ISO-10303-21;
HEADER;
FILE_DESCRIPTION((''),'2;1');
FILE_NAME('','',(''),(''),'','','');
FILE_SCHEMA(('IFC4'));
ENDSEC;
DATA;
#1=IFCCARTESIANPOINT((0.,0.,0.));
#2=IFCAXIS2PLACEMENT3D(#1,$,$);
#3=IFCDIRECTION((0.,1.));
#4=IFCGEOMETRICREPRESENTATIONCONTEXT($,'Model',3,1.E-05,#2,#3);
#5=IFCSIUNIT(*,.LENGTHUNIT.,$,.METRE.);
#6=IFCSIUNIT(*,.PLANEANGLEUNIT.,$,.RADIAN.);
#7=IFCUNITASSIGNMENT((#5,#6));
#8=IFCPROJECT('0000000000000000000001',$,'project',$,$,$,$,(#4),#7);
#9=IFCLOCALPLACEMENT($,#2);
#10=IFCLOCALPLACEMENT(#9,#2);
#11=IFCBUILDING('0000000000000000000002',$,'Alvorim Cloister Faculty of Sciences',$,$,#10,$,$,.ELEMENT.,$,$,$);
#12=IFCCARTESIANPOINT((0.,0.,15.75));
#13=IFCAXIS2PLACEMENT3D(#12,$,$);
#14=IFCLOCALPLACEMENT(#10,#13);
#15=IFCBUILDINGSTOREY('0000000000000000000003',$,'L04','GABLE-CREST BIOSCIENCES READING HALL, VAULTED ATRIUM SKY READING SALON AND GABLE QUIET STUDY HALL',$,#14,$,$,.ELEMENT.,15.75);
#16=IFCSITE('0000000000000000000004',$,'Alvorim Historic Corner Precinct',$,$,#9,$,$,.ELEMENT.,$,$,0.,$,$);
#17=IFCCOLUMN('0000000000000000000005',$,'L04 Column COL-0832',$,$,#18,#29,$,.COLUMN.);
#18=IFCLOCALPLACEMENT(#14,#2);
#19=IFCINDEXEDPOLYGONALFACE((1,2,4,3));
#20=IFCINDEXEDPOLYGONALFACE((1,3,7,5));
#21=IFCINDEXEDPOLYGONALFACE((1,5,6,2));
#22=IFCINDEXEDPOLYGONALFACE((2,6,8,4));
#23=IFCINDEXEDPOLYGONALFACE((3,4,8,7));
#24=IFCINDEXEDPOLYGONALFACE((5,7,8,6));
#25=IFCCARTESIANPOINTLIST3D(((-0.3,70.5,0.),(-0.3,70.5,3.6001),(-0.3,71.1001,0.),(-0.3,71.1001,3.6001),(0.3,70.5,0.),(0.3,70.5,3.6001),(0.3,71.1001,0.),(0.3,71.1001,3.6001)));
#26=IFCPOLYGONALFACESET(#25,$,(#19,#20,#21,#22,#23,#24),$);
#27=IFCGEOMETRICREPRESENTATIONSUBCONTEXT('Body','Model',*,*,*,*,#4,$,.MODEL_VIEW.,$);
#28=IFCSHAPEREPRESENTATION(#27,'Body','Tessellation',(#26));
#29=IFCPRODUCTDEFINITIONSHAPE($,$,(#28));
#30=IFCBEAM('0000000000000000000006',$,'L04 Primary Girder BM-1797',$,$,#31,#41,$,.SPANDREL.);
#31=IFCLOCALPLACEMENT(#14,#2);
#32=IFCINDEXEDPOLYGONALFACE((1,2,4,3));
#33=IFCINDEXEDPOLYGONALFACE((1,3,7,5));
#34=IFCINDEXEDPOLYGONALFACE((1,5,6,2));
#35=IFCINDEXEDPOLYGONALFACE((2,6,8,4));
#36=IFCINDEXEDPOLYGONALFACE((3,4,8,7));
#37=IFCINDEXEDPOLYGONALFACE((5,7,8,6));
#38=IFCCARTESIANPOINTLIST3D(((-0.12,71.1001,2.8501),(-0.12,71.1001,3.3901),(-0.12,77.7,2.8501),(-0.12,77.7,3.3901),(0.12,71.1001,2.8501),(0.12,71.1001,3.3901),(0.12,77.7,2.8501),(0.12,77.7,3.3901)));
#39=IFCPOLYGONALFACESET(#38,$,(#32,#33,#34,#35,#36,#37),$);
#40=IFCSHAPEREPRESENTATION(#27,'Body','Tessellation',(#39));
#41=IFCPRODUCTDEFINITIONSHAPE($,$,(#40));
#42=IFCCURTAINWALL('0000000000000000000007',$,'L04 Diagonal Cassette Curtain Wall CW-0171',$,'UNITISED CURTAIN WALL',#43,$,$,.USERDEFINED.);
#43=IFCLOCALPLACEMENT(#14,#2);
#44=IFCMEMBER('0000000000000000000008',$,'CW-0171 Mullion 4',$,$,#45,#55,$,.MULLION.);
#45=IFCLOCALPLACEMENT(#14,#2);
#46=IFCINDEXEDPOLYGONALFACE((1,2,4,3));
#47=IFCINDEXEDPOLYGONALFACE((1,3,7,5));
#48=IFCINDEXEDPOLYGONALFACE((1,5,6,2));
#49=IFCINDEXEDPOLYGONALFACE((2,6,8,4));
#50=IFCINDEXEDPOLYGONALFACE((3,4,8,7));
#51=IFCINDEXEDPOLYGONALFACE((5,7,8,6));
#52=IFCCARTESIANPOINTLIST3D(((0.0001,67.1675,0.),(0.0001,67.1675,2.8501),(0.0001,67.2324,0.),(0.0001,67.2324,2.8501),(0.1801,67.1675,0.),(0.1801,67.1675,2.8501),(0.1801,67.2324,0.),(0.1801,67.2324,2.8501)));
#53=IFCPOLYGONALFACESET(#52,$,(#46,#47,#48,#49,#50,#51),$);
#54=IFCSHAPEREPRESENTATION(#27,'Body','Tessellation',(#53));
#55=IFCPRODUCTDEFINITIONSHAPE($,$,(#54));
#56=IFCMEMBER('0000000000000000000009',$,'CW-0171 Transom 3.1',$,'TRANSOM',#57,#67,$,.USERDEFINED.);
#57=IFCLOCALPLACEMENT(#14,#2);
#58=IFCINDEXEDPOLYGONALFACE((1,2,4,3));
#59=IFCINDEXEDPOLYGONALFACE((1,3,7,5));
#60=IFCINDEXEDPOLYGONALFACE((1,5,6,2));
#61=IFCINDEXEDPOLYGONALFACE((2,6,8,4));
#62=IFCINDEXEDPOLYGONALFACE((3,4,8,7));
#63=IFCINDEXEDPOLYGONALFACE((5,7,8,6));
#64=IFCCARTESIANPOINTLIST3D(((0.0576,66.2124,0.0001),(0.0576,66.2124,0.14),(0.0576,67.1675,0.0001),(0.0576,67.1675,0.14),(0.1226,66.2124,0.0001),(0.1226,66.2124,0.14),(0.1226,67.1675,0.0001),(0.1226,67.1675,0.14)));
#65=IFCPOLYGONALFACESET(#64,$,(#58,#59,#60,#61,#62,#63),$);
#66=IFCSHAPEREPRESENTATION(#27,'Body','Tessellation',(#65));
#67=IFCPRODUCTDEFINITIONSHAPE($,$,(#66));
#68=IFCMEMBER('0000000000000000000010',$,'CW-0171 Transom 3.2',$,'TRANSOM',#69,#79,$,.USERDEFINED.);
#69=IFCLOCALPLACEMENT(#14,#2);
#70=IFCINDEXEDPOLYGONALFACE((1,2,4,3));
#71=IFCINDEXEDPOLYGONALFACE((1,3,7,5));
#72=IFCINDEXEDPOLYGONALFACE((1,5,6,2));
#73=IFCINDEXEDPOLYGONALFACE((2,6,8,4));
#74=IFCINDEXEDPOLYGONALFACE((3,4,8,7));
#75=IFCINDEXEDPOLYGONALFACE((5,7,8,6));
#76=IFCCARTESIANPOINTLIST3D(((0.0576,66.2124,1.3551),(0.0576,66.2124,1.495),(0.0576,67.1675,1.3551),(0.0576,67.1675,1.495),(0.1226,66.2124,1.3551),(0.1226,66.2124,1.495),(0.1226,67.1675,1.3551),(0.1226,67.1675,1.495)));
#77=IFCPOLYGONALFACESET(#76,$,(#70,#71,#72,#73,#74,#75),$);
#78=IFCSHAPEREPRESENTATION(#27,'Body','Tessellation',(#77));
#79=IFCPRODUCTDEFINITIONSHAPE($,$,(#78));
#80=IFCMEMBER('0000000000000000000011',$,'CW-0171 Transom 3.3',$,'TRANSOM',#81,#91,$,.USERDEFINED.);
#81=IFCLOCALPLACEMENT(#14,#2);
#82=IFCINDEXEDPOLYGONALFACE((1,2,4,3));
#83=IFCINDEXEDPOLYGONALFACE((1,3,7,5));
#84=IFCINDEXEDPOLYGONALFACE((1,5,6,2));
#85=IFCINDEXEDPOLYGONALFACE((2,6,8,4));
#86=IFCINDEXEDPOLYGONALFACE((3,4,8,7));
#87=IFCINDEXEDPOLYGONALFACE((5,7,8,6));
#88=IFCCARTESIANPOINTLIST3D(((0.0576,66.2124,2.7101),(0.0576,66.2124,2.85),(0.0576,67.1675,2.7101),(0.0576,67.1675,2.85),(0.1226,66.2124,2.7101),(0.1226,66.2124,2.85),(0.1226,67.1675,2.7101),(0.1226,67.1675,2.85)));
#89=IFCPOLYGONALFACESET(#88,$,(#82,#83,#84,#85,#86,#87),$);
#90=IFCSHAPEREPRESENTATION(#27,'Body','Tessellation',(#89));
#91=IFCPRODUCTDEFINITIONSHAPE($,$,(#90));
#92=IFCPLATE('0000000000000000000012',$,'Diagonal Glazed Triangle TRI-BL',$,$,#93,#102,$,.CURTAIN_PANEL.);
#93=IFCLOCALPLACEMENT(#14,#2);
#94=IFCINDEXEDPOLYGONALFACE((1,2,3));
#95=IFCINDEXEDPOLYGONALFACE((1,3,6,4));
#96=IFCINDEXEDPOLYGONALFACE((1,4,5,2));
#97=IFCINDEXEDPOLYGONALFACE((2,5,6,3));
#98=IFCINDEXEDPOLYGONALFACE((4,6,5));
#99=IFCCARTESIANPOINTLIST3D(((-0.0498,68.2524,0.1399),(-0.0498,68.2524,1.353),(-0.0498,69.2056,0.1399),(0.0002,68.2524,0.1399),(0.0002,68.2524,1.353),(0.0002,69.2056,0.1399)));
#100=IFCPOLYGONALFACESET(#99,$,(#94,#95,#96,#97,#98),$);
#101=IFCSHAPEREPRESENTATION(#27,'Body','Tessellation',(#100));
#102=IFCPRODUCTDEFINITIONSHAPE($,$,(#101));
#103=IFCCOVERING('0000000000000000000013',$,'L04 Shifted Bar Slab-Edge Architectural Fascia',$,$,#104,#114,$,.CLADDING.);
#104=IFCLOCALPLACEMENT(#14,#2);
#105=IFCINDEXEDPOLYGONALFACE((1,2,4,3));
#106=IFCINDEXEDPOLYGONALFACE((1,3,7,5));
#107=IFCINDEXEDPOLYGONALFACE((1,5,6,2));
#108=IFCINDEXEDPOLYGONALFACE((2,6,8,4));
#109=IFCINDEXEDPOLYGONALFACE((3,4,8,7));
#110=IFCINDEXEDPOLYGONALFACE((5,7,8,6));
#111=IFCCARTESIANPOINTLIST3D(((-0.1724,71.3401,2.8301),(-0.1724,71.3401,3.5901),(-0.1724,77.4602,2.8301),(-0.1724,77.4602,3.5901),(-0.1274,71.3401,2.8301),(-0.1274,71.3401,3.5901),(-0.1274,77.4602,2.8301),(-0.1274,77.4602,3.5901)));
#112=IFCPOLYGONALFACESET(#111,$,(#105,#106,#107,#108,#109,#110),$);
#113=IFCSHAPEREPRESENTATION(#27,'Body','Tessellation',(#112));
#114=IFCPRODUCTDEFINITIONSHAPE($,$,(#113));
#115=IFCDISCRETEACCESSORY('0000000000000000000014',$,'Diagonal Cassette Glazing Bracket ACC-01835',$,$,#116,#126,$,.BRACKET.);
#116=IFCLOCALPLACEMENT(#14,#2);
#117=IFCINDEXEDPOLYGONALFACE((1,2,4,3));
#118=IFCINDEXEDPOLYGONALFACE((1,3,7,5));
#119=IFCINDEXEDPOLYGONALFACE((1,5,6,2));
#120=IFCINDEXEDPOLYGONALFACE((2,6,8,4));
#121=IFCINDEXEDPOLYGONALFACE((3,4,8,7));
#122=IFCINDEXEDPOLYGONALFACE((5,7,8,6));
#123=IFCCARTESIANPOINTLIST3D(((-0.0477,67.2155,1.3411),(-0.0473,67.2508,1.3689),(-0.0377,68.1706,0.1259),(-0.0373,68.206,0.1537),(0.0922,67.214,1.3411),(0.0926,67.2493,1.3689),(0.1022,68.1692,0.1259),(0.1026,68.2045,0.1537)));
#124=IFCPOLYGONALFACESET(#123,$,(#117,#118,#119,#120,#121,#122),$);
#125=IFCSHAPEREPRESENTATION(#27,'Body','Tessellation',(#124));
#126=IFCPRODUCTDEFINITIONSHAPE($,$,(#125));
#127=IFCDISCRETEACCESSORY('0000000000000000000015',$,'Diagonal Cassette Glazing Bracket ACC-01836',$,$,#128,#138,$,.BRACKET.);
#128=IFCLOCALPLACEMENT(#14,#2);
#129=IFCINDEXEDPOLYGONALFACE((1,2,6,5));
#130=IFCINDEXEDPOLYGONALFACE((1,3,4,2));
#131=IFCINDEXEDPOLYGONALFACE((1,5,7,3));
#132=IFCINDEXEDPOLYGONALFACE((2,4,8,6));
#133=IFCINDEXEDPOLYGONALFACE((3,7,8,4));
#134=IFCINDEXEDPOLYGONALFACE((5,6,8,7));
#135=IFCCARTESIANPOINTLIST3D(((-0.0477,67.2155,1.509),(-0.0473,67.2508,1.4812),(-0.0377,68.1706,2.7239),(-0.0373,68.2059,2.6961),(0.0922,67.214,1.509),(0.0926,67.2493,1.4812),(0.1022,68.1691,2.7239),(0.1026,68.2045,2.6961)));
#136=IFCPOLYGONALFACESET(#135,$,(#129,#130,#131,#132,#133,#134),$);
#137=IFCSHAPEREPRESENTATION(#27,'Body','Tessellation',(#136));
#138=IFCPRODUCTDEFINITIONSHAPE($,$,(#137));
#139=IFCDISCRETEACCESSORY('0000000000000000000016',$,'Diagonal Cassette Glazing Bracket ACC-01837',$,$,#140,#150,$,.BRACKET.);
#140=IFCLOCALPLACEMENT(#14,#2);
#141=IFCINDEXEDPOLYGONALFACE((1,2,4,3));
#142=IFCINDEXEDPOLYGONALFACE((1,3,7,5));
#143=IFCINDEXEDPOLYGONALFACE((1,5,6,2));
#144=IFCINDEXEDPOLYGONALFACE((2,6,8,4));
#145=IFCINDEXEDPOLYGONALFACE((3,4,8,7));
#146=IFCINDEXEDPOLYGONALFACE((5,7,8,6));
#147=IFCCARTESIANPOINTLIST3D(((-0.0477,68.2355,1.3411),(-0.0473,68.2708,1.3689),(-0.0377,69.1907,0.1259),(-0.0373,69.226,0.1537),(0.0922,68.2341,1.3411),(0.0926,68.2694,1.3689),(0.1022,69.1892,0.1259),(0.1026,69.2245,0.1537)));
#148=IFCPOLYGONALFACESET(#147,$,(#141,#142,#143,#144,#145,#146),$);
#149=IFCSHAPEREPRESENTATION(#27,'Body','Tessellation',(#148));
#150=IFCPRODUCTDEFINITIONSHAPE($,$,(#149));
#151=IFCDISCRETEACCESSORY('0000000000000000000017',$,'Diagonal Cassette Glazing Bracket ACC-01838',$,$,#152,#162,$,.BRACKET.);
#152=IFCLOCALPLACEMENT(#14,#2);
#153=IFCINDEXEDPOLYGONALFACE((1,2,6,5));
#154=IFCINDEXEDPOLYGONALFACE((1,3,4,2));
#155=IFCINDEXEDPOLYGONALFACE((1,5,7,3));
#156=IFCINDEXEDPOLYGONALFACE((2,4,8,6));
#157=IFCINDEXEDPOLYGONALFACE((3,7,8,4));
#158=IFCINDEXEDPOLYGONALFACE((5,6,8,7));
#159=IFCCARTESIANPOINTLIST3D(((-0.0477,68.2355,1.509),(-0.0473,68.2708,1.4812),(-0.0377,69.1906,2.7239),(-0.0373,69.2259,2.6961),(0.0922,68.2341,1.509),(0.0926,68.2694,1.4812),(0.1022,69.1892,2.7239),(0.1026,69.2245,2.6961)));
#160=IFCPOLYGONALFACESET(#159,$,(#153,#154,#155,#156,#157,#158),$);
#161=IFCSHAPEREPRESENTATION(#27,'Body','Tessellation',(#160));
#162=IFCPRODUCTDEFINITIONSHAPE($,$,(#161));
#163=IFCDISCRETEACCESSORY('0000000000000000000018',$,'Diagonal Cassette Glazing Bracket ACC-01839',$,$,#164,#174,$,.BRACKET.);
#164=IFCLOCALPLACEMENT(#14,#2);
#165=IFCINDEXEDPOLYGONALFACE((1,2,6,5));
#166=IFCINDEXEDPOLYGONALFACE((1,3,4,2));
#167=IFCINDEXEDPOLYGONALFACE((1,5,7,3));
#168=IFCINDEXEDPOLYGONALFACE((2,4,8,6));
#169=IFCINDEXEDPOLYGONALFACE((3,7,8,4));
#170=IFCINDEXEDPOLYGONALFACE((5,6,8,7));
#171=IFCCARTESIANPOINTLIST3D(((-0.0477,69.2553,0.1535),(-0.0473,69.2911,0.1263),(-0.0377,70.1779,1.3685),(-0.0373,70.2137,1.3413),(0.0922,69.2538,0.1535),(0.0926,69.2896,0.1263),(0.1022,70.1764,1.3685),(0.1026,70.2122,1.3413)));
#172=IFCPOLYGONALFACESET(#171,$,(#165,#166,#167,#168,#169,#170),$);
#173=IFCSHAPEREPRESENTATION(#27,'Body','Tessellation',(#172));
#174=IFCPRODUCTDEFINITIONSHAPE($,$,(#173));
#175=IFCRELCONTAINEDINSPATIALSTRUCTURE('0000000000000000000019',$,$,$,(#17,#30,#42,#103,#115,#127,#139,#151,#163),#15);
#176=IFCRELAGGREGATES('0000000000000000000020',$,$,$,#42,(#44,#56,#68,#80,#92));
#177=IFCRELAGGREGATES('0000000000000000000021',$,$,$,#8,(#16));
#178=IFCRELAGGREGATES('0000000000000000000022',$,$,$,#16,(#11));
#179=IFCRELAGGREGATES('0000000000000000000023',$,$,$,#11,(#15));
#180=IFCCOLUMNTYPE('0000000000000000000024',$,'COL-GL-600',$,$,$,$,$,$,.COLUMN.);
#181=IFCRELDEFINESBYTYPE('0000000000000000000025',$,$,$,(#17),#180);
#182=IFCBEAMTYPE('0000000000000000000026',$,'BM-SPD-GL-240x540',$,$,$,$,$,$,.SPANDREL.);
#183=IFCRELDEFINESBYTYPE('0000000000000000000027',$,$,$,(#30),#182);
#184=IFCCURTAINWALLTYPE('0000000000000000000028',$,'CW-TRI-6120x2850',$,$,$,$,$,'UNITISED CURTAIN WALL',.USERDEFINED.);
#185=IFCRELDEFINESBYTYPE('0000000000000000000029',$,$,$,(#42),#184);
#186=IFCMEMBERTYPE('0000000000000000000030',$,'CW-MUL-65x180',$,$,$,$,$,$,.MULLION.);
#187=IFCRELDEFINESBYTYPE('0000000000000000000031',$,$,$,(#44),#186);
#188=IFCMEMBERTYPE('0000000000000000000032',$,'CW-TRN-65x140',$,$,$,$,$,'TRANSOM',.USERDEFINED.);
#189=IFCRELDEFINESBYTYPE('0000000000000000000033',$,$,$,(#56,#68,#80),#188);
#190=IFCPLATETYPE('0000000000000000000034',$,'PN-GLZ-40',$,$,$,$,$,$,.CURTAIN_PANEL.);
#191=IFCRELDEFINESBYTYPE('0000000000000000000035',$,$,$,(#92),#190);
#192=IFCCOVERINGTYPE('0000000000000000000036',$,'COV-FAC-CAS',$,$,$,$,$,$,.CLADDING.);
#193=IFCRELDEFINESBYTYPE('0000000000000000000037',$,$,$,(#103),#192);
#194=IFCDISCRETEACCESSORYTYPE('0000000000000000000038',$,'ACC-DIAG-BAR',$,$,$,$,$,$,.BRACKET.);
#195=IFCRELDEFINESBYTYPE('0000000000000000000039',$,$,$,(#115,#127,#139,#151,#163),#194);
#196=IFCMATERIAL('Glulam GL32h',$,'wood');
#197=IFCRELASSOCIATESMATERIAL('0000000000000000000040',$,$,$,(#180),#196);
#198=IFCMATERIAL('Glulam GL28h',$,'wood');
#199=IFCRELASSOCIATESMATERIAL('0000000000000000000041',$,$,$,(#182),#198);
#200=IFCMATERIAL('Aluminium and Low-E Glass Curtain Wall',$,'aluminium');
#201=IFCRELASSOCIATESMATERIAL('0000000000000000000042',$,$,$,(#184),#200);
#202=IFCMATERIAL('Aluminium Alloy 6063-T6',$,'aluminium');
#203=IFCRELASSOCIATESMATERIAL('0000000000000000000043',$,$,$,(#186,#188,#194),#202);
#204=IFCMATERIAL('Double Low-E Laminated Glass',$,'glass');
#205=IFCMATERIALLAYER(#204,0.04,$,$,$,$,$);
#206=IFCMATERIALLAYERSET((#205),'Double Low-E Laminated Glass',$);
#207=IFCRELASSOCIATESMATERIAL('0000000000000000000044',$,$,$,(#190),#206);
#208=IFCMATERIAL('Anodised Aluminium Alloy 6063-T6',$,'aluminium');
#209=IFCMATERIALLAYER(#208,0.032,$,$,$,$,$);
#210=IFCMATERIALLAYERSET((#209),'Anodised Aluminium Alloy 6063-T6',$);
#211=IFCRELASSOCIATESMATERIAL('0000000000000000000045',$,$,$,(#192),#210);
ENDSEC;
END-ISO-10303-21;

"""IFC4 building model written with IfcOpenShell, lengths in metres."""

from ifc_helpers import new_model, si_unit, direction, frame, origin, origin_2d, place, context, subcontext, project, spatial, polyline, rectangle, outline, extrude, material, layer, layer_set, material_profile, profile_set, type_object, element, aggregate, save


model = new_model("IFC4")

# Units and contexts
model_context = context("Model", 3, precision=1e-05, world=origin(), true_north=direction((0.0, 1.0)))
body_context = subcontext(model_context, "Body", "Model", "MODEL_VIEW")
ifc_project = project(units=[si_unit("LENGTHUNIT", "METRE"), si_unit("PLANEANGLEUNIT", "RADIAN")], contexts=[model_context])

# Site, building, storey
site_placement = place(None, origin())
site = spatial("IfcSite", under=ifc_project, at=site_placement, Name="Alvorim Historic Corner Precinct", CompositionType="ELEMENT", RefElevation=0.0)
building_placement = place(site_placement, origin())
building = spatial("IfcBuilding", under=site, at=building_placement, Name="Alvorim Cloister Faculty of Sciences", CompositionType="ELEMENT")
storey_placement = place(building_placement, frame((0.0, 0.0, 15.75)))
storey = spatial("IfcBuildingStorey", under=building, at=storey_placement, Name="L04", Description="GABLE-CREST BIOSCIENCES READING HALL, VAULTED ATRIUM SKY READING SALON AND GABLE QUIET STUDY HALL", CompositionType="ELEMENT", Elevation=15.75)

# Column
ifc_material_1 = material(Name="Glulam GL32h", Category="wood")
ifc_material_profile_1 = material_profile(ifc_material_1, rectangle(XDim=0.6001, YDim=0.6001, at=origin_2d()), Name="GL32-COL-600x600")
ifc_profile_set_1 = profile_set([ifc_material_profile_1], Name="Glulam GL32h")
column_type = type_object("IfcColumnType", Name="COL-GL-600", PredefinedType="COLUMN", material=ifc_profile_set_1)
column_placement = place(storey_placement, frame((0.0, 70.8, 0.0), z_axis=(0.0, 0.0, 1.0), x_axis=(1.0, 0.0, 0.0)))
element("IfcColumn", 1, at=column_placement, inside=storey, type_object=column_type, Name="L04 Column COL-0832", PredefinedType="COLUMN", context=body_context, shape_type="SweptSolid", body=[
    extrude(rectangle(XDim=0.6001, YDim=0.6001, at=origin_2d()), origin(), (0.0, 0.0, 1.0), 3.6001),
])

# Beam
ifc_material_2 = material(Name="Glulam GL28h", Category="wood")
ifc_material_profile_2 = material_profile(ifc_material_2, rectangle(XDim=0.24, YDim=0.54, at=origin_2d()), Name="GL28-SPD-240x540")
ifc_profile_set_2 = profile_set([ifc_material_profile_2], Name="Glulam GL28h")
beam_type = type_object("IfcBeamType", Name="BM-SPD-GL-240x540", PredefinedType="SPANDREL", material=ifc_profile_set_2)
beam_placement = place(storey_placement, frame((0.0, 71.1001, 3.1201), z_axis=(0.0, 1.0, 0.0), x_axis=(-1.0, 0.0, 0.0)))
element("IfcBeam", 2, at=beam_placement, inside=storey, type_object=beam_type, Name="L04 Primary Girder BM-1797", PredefinedType="SPANDREL", context=body_context, shape_type="SweptSolid", body=[
    extrude(rectangle(XDim=0.24, YDim=0.54, at=origin_2d()), origin(), (0.0, 0.0, 1.0), 6.5999),
])

# Curtain wall, members, plate
ifc_material_3 = material(Name="Aluminium and Low-E Glass Curtain Wall", Category="aluminium")
curtain_wall_type = type_object("IfcCurtainWallType", Name="CW-TRI-6120x2850", ElementType="UNITISED CURTAIN WALL", PredefinedType="USERDEFINED", material=ifc_material_3)
curtain_wall_1_placement = place(storey_placement, origin())
curtain_wall_1 = element("IfcCurtainWall", 3, at=curtain_wall_1_placement, inside=storey, type_object=curtain_wall_type, Name="L04 Diagonal Cassette Curtain Wall CW-0171", ObjectType="UNITISED CURTAIN WALL", PredefinedType="USERDEFINED")
ifc_material_4 = material(Name="Aluminium Alloy 6063-T6", Category="aluminium")
ifc_material_profile_3 = material_profile(ifc_material_4, rectangle(XDim=0.0649, YDim=0.1799, at=origin_2d()), Name="ALU-MUL-65x180")
ifc_profile_set_3 = profile_set([ifc_material_profile_3], Name="Aluminium Alloy 6063-T6")
member_type_1 = type_object("IfcMemberType", Name="CW-MUL-65x180", PredefinedType="MULLION", material=ifc_profile_set_3)
member_1_placement = place(storey_placement, frame((0.0901, 67.2, 0.0), z_axis=(0.0, 0.0, 1.0), x_axis=(0.0, 1.0, 0.0)))
member_1 = element("IfcMember", 4, at=member_1_placement, type_object=member_type_1, Name="CW-0171 Mullion 4", PredefinedType="MULLION", context=body_context, shape_type="SweptSolid", body=[
    extrude(rectangle(XDim=0.0649, YDim=0.1799, at=origin_2d()), origin(), (0.0, 0.0, 1.0), 2.8501),
])
ifc_material_profile_4 = material_profile(ifc_material_4, rectangle(XDim=0.0649, YDim=0.1399, at=origin_2d()), Name="ALU-TRN-65x140")
ifc_profile_set_4 = profile_set([ifc_material_profile_4], Name="Aluminium Alloy 6063-T6")
member_type_2 = type_object("IfcMemberType", Name="CW-TRN-65x140", ElementType="TRANSOM", PredefinedType="USERDEFINED", material=ifc_profile_set_4)
member_2_placement = place(storey_placement, frame((0.0901, 66.2124, 0.0701), z_axis=(0.0, 1.0, 0.0), x_axis=(-1.0, 0.0, 0.0)))
member_2 = element("IfcMember", 5, at=member_2_placement, type_object=member_type_2, Name="CW-0171 Transom 3.1", ObjectType="TRANSOM", PredefinedType="USERDEFINED", context=body_context, shape_type="SweptSolid", body=[
    extrude(rectangle(XDim=0.0649, YDim=0.1399, at=origin_2d()), origin(), (0.0, 0.0, 1.0), 0.9551),
])
member_3_placement = place(storey_placement, frame((0.0901, 66.2124, 1.425), z_axis=(0.0, 1.0, 0.0), x_axis=(-1.0, 0.0, 0.0)))
member_3 = element("IfcMember", 6, at=member_3_placement, type_object=member_type_2, Name="CW-0171 Transom 3.2", ObjectType="TRANSOM", PredefinedType="USERDEFINED", context=body_context, shape_type="SweptSolid", body=[
    extrude(rectangle(XDim=0.0649, YDim=0.1399, at=origin_2d()), origin(), (0.0, 0.0, 1.0), 0.9551),
])
member_4_placement = place(storey_placement, frame((0.0901, 66.2124, 2.78), z_axis=(0.0, 1.0, 0.0), x_axis=(-1.0, 0.0, 0.0)))
member_4 = element("IfcMember", 7, at=member_4_placement, type_object=member_type_2, Name="CW-0171 Transom 3.3", ObjectType="TRANSOM", PredefinedType="USERDEFINED", context=body_context, shape_type="SweptSolid", body=[
    extrude(rectangle(XDim=0.0649, YDim=0.1399, at=origin_2d()), origin(), (0.0, 0.0, 1.0), 0.9551),
])
ifc_material_5 = material(Name="Double Low-E Laminated Glass", Category="glass")
ifc_layer_1 = layer(ifc_material_5, 0.04)
ifc_layer_set_1 = layer_set([ifc_layer_1], Name="Double Low-E Laminated Glass")
plate_type = type_object("IfcPlateType", Name="PN-GLZ-40", PredefinedType="CURTAIN_PANEL", material=ifc_layer_set_1)
plate_1_placement = place(storey_placement, frame((-0.0249, 68.2524, 0.1399), z_axis=(0.0, 0.0, 1.0), x_axis=(0.0, 1.0, 0.0)))
plate_1 = element("IfcPlate", 8, at=plate_1_placement, type_object=plate_type, Name="Diagonal Glazed Triangle TRI-BL", PredefinedType="CURTAIN_PANEL", context=body_context, shape_type="SweptSolid", body=[
    extrude(outline(polyline([(0.0, 0.0), (0.9531, 0.0), (0.0, 1.2131), (0.0, 0.0)])), frame((0.0, 0.0249, 0.0), z_axis=(0.0, -1.0, 0.0), x_axis=(1.0, 0.0, 0.0)), (0.0, 0.0, 1.0), 0.05),
])
aggregate(curtain_wall_1, [member_1, member_2, member_3, member_4, plate_1])

# Covering
ifc_material_6 = material(Name="Anodised Aluminium Alloy 6063-T6", Category="aluminium")
ifc_layer_2 = layer(ifc_material_6, 0.032)
ifc_layer_set_2 = layer_set([ifc_layer_2], Name="Anodised Aluminium Alloy 6063-T6")
covering_type = type_object("IfcCoveringType", Name="COV-FAC-CAS", PredefinedType="CLADDING", material=ifc_layer_set_2)
covering_placement = place(storey_placement, frame((-0.1499, 71.3401, 2.8301), z_axis=(0.0, 0.0, 1.0), x_axis=(0.0, 1.0, 0.0)))
element("IfcCovering", 9, at=covering_placement, inside=storey, type_object=covering_type, Name="L04 Shifted Bar Slab-Edge Architectural Fascia", PredefinedType="CLADDING", context=body_context, shape_type="SweptSolid", body=[
    extrude(outline(polyline([(0.0, 0.0), (6.1201, 0.0), (6.1201, 0.76), (0.0, 0.76), (0.0, 0.0)])), frame((0.0, 0.0225, 0.0), z_axis=(0.0, -1.0, 0.0), x_axis=(1.0, 0.0, 0.0)), (0.0, 0.0, 1.0), 0.0449),
])

# Discrete accessories
discrete_accessory_type = type_object("IfcDiscreteAccessoryType", Name="ACC-DIAG-BAR", PredefinedType="BRACKET", material=ifc_material_4)
discrete_accessory_1_placement = place(storey_placement, frame((0.0225, 67.2324, 1.355), z_axis=(0.006477, 0.617955, -0.786187), x_axis=(-0.999945, 0.01048, 0.0)))
element("IfcDiscreteAccessory", 10, at=discrete_accessory_1_placement, inside=storey, type_object=discrete_accessory_type, Name="Diagonal Cassette Glazing Bracket ACC-01835", PredefinedType="BRACKET", context=body_context, shape_type="SweptSolid", body=[
    extrude(rectangle(XDim=0.1399, YDim=0.0449, at=origin_2d()), origin(), (0.0, 0.0, 1.0), 1.5457),
])
discrete_accessory_2_placement = place(storey_placement, frame((0.0225, 67.2324, 1.4951), z_axis=(0.006477, 0.618032, 0.786126), x_axis=(-0.999945, 0.01048, 0.0)))
element("IfcDiscreteAccessory", 11, at=discrete_accessory_2_placement, inside=storey, type_object=discrete_accessory_type, Name="Diagonal Cassette Glazing Bracket ACC-01836", PredefinedType="BRACKET", context=body_context, shape_type="SweptSolid", body=[
    extrude(rectangle(XDim=0.1399, YDim=0.0449, at=origin_2d()), origin(), (0.0, 0.0, 1.0), 1.5454),
])
discrete_accessory_3_placement = place(storey_placement, frame((0.0225, 68.2524, 1.355), z_axis=(0.006477, 0.617955, -0.786187), x_axis=(-0.999945, 0.01048, 0.0)))
element("IfcDiscreteAccessory", 12, at=discrete_accessory_3_placement, inside=storey, type_object=discrete_accessory_type, Name="Diagonal Cassette Glazing Bracket ACC-01837", PredefinedType="BRACKET", context=body_context, shape_type="SweptSolid", body=[
    extrude(rectangle(XDim=0.1399, YDim=0.0449, at=origin_2d()), origin(), (0.0, 0.0, 1.0), 1.5457),
])
discrete_accessory_4_placement = place(storey_placement, frame((0.0225, 68.2524, 1.4951), z_axis=(0.006477, 0.618032, 0.786126), x_axis=(-0.999945, 0.01048, 0.0)))
element("IfcDiscreteAccessory", 13, at=discrete_accessory_4_placement, inside=storey, type_object=discrete_accessory_type, Name="Diagonal Cassette Glazing Bracket ACC-01838", PredefinedType="BRACKET", context=body_context, shape_type="SweptSolid", body=[
    extrude(rectangle(XDim=0.1399, YDim=0.0449, at=origin_2d()), origin(), (0.0, 0.0, 1.0), 1.5454),
])
discrete_accessory_5_placement = place(storey_placement, frame((0.0225, 69.2725, 0.1399), z_axis=(0.006561, 0.604713, 0.796416), x_axis=(-0.999941, 0.010849, 0.0)))
element("IfcDiscreteAccessory", 14, at=discrete_accessory_5_placement, inside=storey, type_object=discrete_accessory_type, Name="Diagonal Cassette Glazing Bracket ACC-01839", PredefinedType="BRACKET", context=body_context, shape_type="SweptSolid", body=[
    extrude(rectangle(XDim=0.1399, YDim=0.0449, at=origin_2d()), origin(), (0.0, 0.0, 1.0), 1.5256),
])

save(model, "model.ifc")
